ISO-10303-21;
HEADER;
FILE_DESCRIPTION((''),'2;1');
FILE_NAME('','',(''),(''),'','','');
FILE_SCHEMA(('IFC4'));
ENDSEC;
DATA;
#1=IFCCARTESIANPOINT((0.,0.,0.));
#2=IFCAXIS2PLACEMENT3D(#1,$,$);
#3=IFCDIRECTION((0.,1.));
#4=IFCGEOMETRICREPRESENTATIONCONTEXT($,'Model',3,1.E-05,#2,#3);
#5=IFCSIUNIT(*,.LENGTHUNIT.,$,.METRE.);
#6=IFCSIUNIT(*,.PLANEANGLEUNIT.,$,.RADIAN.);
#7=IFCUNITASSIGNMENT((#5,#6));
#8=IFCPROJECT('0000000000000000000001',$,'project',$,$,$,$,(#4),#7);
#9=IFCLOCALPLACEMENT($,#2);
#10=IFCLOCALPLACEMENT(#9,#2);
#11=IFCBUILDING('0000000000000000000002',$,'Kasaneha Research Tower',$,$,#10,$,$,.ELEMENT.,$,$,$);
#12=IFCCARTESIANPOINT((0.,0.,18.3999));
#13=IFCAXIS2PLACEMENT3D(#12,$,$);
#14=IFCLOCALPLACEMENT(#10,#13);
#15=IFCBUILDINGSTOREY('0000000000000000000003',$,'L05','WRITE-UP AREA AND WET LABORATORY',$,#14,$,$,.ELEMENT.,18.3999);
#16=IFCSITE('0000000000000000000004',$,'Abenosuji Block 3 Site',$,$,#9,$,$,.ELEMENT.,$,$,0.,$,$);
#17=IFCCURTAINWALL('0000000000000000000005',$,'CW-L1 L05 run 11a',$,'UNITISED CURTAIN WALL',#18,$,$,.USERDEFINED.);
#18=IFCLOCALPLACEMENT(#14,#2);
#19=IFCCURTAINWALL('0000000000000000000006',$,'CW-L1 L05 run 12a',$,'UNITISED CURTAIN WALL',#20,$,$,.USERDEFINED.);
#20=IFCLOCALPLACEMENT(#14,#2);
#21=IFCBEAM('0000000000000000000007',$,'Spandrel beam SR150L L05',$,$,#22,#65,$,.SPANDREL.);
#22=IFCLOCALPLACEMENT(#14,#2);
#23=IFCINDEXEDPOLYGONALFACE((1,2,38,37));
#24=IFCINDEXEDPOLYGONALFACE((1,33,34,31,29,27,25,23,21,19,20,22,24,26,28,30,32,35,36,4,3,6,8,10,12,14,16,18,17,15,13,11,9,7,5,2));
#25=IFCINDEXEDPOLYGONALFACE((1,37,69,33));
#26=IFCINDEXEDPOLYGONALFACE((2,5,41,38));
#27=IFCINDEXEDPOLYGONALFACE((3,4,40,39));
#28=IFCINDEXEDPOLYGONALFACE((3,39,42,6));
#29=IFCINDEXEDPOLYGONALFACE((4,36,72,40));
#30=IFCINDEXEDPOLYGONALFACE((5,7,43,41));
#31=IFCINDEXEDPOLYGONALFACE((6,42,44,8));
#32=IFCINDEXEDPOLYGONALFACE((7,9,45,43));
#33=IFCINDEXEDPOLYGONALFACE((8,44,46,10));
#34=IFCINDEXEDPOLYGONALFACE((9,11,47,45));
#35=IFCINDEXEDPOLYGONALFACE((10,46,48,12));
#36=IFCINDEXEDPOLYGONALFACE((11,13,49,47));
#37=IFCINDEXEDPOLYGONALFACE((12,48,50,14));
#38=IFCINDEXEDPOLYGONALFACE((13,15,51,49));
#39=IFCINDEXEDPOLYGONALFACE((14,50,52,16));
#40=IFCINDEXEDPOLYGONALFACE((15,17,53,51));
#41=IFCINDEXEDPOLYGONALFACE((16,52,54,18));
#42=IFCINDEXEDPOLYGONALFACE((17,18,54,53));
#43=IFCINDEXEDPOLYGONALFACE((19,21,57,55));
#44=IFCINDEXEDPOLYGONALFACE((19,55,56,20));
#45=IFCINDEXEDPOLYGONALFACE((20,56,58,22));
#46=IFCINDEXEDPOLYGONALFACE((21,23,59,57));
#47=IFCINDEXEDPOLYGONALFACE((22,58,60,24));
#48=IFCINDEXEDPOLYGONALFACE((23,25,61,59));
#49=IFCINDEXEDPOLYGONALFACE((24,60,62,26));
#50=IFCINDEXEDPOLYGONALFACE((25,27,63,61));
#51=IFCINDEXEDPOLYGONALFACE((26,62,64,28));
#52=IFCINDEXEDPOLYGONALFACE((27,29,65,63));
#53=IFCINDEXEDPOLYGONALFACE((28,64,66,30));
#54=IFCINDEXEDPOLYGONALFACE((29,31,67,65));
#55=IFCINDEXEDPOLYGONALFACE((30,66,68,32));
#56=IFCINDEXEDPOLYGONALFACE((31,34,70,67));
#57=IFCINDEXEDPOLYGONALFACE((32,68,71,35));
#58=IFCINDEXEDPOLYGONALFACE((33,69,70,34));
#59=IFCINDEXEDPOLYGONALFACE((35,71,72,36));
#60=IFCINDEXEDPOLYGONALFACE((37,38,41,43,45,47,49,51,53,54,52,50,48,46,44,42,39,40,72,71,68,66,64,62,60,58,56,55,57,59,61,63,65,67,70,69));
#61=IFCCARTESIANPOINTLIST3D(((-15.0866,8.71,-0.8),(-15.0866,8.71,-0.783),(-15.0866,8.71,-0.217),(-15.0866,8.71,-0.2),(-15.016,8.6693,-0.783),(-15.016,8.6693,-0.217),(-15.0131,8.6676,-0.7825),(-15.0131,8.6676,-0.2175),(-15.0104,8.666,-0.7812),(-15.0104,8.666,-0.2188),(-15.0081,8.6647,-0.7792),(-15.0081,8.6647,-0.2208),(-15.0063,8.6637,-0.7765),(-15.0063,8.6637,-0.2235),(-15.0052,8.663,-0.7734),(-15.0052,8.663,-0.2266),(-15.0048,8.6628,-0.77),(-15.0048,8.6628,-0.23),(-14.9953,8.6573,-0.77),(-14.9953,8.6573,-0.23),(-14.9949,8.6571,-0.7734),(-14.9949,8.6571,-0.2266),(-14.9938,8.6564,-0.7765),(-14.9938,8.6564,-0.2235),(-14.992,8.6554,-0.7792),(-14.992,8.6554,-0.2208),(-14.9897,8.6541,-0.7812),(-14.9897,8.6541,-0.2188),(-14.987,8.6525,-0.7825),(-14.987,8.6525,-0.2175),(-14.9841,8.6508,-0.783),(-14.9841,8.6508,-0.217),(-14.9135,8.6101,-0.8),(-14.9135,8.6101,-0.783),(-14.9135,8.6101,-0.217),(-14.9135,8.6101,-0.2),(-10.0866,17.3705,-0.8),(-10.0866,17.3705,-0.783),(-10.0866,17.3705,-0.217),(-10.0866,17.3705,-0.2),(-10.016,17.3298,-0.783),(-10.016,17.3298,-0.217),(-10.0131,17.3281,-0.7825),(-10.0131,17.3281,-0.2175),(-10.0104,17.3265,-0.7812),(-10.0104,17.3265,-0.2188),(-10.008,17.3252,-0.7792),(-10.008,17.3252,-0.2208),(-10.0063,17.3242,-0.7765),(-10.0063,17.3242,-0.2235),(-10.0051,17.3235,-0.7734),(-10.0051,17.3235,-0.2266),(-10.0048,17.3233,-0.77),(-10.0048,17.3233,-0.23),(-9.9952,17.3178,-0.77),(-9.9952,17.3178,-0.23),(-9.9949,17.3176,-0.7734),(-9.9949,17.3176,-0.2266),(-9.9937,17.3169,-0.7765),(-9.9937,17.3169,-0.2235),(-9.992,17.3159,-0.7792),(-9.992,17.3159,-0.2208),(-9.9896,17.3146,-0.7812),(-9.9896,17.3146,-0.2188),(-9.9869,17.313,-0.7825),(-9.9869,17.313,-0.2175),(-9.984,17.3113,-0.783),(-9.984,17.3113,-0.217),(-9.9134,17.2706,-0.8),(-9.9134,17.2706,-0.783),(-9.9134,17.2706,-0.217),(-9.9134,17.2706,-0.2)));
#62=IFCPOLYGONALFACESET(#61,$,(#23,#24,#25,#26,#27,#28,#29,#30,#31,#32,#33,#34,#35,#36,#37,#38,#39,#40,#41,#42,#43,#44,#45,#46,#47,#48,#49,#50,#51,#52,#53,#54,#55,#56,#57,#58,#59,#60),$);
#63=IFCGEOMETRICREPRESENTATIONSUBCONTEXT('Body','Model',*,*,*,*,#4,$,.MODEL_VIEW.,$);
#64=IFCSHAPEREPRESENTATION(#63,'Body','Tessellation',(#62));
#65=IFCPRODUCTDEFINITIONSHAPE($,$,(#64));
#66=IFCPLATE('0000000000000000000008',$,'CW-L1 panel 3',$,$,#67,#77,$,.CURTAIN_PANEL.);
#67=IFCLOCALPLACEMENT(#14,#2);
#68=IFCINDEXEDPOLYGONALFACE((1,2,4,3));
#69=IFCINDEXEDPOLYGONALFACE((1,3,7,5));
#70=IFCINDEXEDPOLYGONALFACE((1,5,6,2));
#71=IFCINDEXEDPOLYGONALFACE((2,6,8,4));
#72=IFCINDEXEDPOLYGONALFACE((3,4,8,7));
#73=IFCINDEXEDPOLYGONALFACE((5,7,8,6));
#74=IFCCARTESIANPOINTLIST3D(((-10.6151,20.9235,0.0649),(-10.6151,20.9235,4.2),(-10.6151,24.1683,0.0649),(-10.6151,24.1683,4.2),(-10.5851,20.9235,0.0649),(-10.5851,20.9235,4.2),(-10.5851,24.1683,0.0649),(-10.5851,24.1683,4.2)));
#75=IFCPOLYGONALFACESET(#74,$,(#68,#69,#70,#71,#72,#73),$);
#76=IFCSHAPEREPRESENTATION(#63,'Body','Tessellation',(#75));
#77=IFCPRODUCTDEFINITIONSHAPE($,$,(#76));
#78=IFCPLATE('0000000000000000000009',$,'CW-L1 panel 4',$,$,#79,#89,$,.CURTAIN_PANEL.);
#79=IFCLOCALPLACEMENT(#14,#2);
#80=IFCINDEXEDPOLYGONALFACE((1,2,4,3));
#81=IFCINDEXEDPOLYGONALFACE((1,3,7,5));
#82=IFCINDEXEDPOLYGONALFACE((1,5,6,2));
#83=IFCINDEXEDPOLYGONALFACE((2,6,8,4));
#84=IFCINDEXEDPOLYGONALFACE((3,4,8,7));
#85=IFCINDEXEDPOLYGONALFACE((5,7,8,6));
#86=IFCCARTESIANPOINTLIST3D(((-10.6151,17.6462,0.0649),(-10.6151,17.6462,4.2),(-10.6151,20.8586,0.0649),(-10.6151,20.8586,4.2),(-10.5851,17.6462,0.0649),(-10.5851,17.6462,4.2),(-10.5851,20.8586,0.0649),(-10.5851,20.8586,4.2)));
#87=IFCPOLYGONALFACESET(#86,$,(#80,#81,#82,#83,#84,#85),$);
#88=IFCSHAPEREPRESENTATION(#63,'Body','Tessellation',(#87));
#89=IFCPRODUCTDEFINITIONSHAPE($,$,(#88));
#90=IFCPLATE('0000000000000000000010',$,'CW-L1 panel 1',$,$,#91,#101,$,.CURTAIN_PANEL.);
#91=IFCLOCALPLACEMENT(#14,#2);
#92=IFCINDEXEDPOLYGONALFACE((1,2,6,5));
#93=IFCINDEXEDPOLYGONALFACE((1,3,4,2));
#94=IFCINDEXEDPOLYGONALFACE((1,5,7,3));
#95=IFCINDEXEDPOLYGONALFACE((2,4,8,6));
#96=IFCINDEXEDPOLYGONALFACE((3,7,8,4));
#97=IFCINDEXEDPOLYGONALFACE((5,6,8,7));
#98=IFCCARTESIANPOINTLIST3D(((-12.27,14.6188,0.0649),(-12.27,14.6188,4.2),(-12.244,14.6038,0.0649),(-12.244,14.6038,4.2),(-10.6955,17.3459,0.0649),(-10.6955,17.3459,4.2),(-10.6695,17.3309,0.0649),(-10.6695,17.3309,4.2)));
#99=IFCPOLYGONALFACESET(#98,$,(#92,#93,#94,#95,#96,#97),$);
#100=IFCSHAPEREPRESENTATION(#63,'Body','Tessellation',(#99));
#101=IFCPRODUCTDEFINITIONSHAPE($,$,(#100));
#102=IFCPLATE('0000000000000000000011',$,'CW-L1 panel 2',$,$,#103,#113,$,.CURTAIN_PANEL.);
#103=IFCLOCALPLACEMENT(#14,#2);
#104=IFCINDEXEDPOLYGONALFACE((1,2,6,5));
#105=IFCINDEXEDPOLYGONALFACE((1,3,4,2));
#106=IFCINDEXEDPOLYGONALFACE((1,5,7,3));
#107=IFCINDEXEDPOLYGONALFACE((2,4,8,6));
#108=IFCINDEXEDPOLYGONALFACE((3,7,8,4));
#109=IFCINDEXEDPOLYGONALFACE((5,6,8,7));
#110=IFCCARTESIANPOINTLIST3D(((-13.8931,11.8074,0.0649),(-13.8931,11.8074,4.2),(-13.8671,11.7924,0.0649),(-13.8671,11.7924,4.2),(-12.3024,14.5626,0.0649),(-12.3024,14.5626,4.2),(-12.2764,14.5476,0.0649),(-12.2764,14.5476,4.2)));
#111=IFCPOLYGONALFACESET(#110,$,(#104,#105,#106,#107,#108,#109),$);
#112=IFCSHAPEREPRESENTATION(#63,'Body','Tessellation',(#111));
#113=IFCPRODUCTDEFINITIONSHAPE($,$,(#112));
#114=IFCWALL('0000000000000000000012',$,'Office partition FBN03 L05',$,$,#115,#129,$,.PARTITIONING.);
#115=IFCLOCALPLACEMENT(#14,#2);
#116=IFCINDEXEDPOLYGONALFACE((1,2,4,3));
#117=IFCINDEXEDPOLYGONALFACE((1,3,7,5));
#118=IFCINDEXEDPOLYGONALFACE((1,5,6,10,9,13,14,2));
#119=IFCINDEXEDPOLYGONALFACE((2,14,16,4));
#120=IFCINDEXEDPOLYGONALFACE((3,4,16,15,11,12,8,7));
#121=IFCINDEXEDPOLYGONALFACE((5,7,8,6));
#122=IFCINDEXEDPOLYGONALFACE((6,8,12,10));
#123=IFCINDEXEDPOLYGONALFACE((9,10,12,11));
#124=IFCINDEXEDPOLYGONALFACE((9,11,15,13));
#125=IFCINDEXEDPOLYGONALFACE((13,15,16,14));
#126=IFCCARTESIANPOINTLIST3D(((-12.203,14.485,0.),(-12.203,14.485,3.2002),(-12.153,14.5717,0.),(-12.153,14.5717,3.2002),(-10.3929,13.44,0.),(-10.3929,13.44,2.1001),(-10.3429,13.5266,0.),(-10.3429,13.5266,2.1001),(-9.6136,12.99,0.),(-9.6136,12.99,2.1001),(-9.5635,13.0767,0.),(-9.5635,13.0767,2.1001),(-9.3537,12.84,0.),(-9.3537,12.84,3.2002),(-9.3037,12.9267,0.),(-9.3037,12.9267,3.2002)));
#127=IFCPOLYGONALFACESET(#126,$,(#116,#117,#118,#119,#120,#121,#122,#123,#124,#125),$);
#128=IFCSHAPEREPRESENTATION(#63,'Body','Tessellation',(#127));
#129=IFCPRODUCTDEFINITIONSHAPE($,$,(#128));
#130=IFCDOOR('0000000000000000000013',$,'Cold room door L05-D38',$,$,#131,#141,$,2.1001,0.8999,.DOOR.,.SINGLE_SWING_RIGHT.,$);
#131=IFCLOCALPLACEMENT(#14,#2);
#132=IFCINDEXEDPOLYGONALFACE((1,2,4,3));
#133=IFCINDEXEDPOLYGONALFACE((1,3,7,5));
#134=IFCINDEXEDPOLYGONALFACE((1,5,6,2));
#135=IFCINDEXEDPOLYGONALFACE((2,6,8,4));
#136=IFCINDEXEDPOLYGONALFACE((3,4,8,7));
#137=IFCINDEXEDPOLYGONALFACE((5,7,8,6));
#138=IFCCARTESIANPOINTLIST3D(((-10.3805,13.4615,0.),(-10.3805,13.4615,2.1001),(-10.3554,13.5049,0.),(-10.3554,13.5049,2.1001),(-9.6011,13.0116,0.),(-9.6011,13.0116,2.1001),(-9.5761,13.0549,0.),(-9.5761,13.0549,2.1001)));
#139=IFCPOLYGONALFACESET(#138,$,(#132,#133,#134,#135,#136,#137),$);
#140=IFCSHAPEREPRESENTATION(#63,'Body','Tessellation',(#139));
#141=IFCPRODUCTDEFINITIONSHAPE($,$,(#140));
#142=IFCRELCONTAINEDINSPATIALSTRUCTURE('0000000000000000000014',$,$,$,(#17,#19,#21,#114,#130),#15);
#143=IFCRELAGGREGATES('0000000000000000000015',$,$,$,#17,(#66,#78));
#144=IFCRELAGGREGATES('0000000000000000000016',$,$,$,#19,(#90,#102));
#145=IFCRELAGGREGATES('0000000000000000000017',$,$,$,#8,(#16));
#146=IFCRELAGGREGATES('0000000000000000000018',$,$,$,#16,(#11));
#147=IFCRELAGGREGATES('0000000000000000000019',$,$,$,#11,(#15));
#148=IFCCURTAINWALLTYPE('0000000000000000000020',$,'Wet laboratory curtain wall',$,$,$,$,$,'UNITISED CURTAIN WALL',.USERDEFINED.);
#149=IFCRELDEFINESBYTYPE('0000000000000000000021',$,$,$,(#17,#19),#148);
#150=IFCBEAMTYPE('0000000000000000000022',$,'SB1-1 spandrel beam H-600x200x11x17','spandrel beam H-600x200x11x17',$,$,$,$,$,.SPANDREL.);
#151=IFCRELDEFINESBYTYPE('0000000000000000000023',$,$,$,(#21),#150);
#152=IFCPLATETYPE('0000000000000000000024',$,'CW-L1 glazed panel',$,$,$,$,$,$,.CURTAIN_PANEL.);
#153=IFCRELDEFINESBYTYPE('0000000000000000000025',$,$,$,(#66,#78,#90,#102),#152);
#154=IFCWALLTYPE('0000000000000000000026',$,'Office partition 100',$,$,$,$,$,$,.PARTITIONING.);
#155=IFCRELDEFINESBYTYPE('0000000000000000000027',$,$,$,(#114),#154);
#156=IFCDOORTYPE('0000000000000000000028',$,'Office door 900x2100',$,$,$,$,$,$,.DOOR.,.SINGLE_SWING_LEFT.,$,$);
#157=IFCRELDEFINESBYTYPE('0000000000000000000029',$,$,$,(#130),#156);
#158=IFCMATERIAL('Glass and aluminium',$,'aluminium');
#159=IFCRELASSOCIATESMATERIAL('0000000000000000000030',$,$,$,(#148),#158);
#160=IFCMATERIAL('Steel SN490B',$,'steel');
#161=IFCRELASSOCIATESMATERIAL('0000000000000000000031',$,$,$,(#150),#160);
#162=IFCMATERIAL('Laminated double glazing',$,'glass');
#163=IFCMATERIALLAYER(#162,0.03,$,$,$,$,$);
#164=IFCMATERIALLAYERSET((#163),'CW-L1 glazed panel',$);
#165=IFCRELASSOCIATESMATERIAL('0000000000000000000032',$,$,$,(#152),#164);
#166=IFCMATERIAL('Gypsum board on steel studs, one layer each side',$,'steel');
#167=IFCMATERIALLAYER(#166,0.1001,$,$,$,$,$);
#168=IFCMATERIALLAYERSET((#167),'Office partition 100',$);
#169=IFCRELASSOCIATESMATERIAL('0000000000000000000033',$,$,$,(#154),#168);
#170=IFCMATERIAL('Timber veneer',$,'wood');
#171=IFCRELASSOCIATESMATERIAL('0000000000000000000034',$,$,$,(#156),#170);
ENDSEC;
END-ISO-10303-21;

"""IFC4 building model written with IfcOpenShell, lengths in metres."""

from ifc_helpers import new_model, si_unit, direction, frame, frame_2d, origin, origin_2d, place, context, subcontext, project, spatial, rectangle, i_section, extrude, material, layer, layer_set, material_profile, profile_set, type_object, element, fill, aggregate, save


model = new_model("IFC4")

# Units and contexts
model_context = context("Model", 3, precision=1e-05, world=origin(), true_north=direction((0.0, 1.0)))
body_context = subcontext(model_context, "Body", "Model", "MODEL_VIEW")
ifc_project = project(units=[si_unit("LENGTHUNIT", "METRE"), si_unit("PLANEANGLEUNIT", "RADIAN")], contexts=[model_context])

# Site, building, storey
site_placement = place(None, origin())
site = spatial("IfcSite", under=ifc_project, at=site_placement, Name="Abenosuji Block 3 Site", CompositionType="ELEMENT", RefElevation=0.0)
building_placement = place(site_placement, origin())
building = spatial("IfcBuilding", under=site, at=building_placement, Name="Kasaneha Research Tower", CompositionType="ELEMENT")
storey_placement = place(building_placement, frame((0.0, 0.0, 18.3999)))
storey = spatial("IfcBuildingStorey", under=building, at=storey_placement, Name="L05", Description="WRITE-UP AREA AND WET LABORATORY", CompositionType="ELEMENT", Elevation=18.3999)

# Curtain walls
ifc_material_1 = material(Name="Glass and aluminium", Category="aluminium")
curtain_wall_type = type_object("IfcCurtainWallType", Name="Wet laboratory curtain wall", ElementType="UNITISED CURTAIN WALL", PredefinedType="USERDEFINED", material=ifc_material_1)
curtain_wall_1_placement = place(storey_placement, origin())
curtain_wall_1 = element("IfcCurtainWall", 1, at=curtain_wall_1_placement, inside=storey, type_object=curtain_wall_type, Name="CW-L1 L05 run 11a", ObjectType="UNITISED CURTAIN WALL", PredefinedType="USERDEFINED")
curtain_wall_2_placement = place(storey_placement, origin())
curtain_wall_2 = element("IfcCurtainWall", 2, at=curtain_wall_2_placement, inside=storey, type_object=curtain_wall_type, Name="CW-L1 L05 run 12a", ObjectType="UNITISED CURTAIN WALL", PredefinedType="USERDEFINED")

# Beam
ifc_material_2 = material(Name="Steel SN490B", Category="steel")
ifc_material_profile_1 = material_profile(ifc_material_2, i_section(OverallWidth=0.2, OverallDepth=0.6001, WebThickness=0.011, FlangeThickness=0.0171, FilletRadius=0.0129, at=origin_2d()), Name="H-600x200x11x17")
ifc_profile_set_1 = profile_set([ifc_material_profile_1], Name="Steel SN490B")
beam_type_1 = type_object("IfcBeamType", Name="SB1-1 spandrel beam H-600x200x11x17", Description="spandrel beam H-600x200x11x17", PredefinedType="SPANDREL", material=ifc_profile_set_1)
beam_1_placement = place(storey_placement, frame((-10.0, 17.3206, -0.5), z_axis=(-0.499994, -0.866029, 0.0), x_axis=(0.866029, -0.499994, 0.0)))
element("IfcBeam", 3, at=beam_1_placement, inside=storey, type_object=beam_type_1, Name="Spandrel beam SR150L L05", PredefinedType="SPANDREL", context=body_context, shape_type="SweptSolid", body=[
    extrude(i_section(OverallWidth=0.2, OverallDepth=0.6001, WebThickness=0.011, FlangeThickness=0.0171, FilletRadius=0.0129, at=origin_2d()), origin(), (0.0, 0.0, 1.0), 10.0002),
])

# Plates
ifc_material_3 = material(Name="Laminated double glazing", Category="glass")
ifc_layer_1 = layer(ifc_material_3, 0.03)
ifc_layer_set_1 = layer_set([ifc_layer_1], Name="CW-L1 glazed panel")
plate_type = type_object("IfcPlateType", Name="CW-L1 glazed panel", PredefinedType="CURTAIN_PANEL", material=ifc_layer_set_1)
plate_1_placement = place(storey_placement, frame((-10.6001, 22.5459, 0.0649), z_axis=(0.0, 0.0, 1.0), x_axis=(0.0, -1.0, 0.0)))
plate_1 = element("IfcPlate", 4, at=plate_1_placement, type_object=plate_type, Name="CW-L1 panel 3", PredefinedType="CURTAIN_PANEL", context=body_context, shape_type="SweptSolid", body=[
    extrude(rectangle(XDim=3.2449, YDim=0.03, at=origin_2d()), origin(), (0.0, 0.0, 1.0), 4.135),
])
plate_2_placement = place(storey_placement, frame((-10.6001, 19.2524, 0.0649), z_axis=(0.0, 0.0, 1.0), x_axis=(0.0, -1.0, 0.0)))
plate_2 = element("IfcPlate", 5, at=plate_2_placement, type_object=plate_type, Name="CW-L1 panel 4", PredefinedType="CURTAIN_PANEL", context=body_context, shape_type="SweptSolid", body=[
    extrude(rectangle(XDim=3.2124, YDim=0.03, at=origin_2d()), origin(), (0.0, 0.0, 1.0), 4.135),
])
aggregate(curtain_wall_1, [plate_1, plate_2])
plate_3_placement = place(storey_placement, frame((-11.4697, 15.9749, 0.0649), z_axis=(0.0, 0.0, 1.0), x_axis=(-0.5, -0.866025, 0.0)))
plate_3 = element("IfcPlate", 6, at=plate_3_placement, type_object=plate_type, Name="CW-L1 panel 1", PredefinedType="CURTAIN_PANEL", context=body_context, shape_type="SweptSolid", body=[
    extrude(rectangle(XDim=3.1489, YDim=0.03, at=origin_2d()), origin(), (0.0, 0.0, 1.0), 4.135),
])
plate_4_placement = place(storey_placement, frame((-13.0847, 13.1775, 0.0649), z_axis=(0.0, 0.0, 1.0), x_axis=(-0.5, -0.866025, 0.0)))
plate_4 = element("IfcPlate", 7, at=plate_4_placement, type_object=plate_type, Name="CW-L1 panel 2", PredefinedType="CURTAIN_PANEL", context=body_context, shape_type="SweptSolid", body=[
    extrude(rectangle(XDim=3.1814, YDim=0.03, at=origin_2d()), origin(), (0.0, 0.0, 1.0), 4.135),
])
aggregate(curtain_wall_2, [plate_3, plate_4])

# Wall, opening, door
ifc_material_4 = material(Name="Gypsum board on steel studs, one layer each side", Category="steel")
ifc_layer_2 = layer(ifc_material_4, 0.1001)
ifc_layer_set_2 = layer_set([ifc_layer_2], Name="Office partition 100")
wall_type = type_object("IfcWallType", Name="Office partition 100", PredefinedType="PARTITIONING", material=ifc_layer_set_2)
wall_placement = place(storey_placement, frame((-12.178, 14.5283, 0.0), z_axis=(0.0, 0.0, 1.0), x_axis=(0.866034, -0.499986, 0.0)))
wall = element("IfcWall", 8, at=wall_placement, inside=storey, type_object=wall_type, Name="Office partition FBN03 L05", PredefinedType="PARTITIONING", context=body_context, shape_type="SweptSolid", body=[
    extrude(rectangle(XDim=3.29, YDim=0.1001, at=frame_2d((1.645, 0.0))), origin(), (0.0, 0.0, 1.0), 3.2002),
])
opening_placement = place(wall_placement, frame((2.0901, 0.0, 0.0)))
opening = element("IfcOpeningElement", 9, at=opening_placement, cuts=wall, PredefinedType="OPENING", context=body_context, shape_type="SweptSolid", body=[
    extrude(rectangle(XDim=0.8999, YDim=2.1001, at=frame_2d((0.45, 1.05))), frame((0.0, 0.0601, 0.0), z_axis=(0.0, -1.0, 0.0), x_axis=(1.0, 0.0, 0.0)), (0.0, 0.0, 1.0), 0.1201),
])
ifc_material_5 = material(Name="Timber veneer", Category="wood")
door_type = type_object("IfcDoorType", Name="Office door 900x2100", OperationType="SINGLE_SWING_LEFT", PredefinedType="DOOR", material=ifc_material_5)
door_placement = place(opening_placement, origin())
door = element("IfcDoor", 10, at=door_placement, inside=storey, type_object=door_type, Name="Cold room door L05-D38", OperationType="SINGLE_SWING_RIGHT", OverallHeight=2.1001, OverallWidth=0.8999, PredefinedType="DOOR", context=body_context, shape_type="SweptSolid", body=[
    extrude(rectangle(XDim=0.8999, YDim=2.1001, at=frame_2d((0.45, 1.05))), frame((0.0, 0.0249, 0.0), z_axis=(0.0, -1.0, 0.0), x_axis=(1.0, 0.0, 0.0)), (0.0, 0.0, 1.0), 0.05),
])
fill(opening, door)

save(model, "model.ifc")
